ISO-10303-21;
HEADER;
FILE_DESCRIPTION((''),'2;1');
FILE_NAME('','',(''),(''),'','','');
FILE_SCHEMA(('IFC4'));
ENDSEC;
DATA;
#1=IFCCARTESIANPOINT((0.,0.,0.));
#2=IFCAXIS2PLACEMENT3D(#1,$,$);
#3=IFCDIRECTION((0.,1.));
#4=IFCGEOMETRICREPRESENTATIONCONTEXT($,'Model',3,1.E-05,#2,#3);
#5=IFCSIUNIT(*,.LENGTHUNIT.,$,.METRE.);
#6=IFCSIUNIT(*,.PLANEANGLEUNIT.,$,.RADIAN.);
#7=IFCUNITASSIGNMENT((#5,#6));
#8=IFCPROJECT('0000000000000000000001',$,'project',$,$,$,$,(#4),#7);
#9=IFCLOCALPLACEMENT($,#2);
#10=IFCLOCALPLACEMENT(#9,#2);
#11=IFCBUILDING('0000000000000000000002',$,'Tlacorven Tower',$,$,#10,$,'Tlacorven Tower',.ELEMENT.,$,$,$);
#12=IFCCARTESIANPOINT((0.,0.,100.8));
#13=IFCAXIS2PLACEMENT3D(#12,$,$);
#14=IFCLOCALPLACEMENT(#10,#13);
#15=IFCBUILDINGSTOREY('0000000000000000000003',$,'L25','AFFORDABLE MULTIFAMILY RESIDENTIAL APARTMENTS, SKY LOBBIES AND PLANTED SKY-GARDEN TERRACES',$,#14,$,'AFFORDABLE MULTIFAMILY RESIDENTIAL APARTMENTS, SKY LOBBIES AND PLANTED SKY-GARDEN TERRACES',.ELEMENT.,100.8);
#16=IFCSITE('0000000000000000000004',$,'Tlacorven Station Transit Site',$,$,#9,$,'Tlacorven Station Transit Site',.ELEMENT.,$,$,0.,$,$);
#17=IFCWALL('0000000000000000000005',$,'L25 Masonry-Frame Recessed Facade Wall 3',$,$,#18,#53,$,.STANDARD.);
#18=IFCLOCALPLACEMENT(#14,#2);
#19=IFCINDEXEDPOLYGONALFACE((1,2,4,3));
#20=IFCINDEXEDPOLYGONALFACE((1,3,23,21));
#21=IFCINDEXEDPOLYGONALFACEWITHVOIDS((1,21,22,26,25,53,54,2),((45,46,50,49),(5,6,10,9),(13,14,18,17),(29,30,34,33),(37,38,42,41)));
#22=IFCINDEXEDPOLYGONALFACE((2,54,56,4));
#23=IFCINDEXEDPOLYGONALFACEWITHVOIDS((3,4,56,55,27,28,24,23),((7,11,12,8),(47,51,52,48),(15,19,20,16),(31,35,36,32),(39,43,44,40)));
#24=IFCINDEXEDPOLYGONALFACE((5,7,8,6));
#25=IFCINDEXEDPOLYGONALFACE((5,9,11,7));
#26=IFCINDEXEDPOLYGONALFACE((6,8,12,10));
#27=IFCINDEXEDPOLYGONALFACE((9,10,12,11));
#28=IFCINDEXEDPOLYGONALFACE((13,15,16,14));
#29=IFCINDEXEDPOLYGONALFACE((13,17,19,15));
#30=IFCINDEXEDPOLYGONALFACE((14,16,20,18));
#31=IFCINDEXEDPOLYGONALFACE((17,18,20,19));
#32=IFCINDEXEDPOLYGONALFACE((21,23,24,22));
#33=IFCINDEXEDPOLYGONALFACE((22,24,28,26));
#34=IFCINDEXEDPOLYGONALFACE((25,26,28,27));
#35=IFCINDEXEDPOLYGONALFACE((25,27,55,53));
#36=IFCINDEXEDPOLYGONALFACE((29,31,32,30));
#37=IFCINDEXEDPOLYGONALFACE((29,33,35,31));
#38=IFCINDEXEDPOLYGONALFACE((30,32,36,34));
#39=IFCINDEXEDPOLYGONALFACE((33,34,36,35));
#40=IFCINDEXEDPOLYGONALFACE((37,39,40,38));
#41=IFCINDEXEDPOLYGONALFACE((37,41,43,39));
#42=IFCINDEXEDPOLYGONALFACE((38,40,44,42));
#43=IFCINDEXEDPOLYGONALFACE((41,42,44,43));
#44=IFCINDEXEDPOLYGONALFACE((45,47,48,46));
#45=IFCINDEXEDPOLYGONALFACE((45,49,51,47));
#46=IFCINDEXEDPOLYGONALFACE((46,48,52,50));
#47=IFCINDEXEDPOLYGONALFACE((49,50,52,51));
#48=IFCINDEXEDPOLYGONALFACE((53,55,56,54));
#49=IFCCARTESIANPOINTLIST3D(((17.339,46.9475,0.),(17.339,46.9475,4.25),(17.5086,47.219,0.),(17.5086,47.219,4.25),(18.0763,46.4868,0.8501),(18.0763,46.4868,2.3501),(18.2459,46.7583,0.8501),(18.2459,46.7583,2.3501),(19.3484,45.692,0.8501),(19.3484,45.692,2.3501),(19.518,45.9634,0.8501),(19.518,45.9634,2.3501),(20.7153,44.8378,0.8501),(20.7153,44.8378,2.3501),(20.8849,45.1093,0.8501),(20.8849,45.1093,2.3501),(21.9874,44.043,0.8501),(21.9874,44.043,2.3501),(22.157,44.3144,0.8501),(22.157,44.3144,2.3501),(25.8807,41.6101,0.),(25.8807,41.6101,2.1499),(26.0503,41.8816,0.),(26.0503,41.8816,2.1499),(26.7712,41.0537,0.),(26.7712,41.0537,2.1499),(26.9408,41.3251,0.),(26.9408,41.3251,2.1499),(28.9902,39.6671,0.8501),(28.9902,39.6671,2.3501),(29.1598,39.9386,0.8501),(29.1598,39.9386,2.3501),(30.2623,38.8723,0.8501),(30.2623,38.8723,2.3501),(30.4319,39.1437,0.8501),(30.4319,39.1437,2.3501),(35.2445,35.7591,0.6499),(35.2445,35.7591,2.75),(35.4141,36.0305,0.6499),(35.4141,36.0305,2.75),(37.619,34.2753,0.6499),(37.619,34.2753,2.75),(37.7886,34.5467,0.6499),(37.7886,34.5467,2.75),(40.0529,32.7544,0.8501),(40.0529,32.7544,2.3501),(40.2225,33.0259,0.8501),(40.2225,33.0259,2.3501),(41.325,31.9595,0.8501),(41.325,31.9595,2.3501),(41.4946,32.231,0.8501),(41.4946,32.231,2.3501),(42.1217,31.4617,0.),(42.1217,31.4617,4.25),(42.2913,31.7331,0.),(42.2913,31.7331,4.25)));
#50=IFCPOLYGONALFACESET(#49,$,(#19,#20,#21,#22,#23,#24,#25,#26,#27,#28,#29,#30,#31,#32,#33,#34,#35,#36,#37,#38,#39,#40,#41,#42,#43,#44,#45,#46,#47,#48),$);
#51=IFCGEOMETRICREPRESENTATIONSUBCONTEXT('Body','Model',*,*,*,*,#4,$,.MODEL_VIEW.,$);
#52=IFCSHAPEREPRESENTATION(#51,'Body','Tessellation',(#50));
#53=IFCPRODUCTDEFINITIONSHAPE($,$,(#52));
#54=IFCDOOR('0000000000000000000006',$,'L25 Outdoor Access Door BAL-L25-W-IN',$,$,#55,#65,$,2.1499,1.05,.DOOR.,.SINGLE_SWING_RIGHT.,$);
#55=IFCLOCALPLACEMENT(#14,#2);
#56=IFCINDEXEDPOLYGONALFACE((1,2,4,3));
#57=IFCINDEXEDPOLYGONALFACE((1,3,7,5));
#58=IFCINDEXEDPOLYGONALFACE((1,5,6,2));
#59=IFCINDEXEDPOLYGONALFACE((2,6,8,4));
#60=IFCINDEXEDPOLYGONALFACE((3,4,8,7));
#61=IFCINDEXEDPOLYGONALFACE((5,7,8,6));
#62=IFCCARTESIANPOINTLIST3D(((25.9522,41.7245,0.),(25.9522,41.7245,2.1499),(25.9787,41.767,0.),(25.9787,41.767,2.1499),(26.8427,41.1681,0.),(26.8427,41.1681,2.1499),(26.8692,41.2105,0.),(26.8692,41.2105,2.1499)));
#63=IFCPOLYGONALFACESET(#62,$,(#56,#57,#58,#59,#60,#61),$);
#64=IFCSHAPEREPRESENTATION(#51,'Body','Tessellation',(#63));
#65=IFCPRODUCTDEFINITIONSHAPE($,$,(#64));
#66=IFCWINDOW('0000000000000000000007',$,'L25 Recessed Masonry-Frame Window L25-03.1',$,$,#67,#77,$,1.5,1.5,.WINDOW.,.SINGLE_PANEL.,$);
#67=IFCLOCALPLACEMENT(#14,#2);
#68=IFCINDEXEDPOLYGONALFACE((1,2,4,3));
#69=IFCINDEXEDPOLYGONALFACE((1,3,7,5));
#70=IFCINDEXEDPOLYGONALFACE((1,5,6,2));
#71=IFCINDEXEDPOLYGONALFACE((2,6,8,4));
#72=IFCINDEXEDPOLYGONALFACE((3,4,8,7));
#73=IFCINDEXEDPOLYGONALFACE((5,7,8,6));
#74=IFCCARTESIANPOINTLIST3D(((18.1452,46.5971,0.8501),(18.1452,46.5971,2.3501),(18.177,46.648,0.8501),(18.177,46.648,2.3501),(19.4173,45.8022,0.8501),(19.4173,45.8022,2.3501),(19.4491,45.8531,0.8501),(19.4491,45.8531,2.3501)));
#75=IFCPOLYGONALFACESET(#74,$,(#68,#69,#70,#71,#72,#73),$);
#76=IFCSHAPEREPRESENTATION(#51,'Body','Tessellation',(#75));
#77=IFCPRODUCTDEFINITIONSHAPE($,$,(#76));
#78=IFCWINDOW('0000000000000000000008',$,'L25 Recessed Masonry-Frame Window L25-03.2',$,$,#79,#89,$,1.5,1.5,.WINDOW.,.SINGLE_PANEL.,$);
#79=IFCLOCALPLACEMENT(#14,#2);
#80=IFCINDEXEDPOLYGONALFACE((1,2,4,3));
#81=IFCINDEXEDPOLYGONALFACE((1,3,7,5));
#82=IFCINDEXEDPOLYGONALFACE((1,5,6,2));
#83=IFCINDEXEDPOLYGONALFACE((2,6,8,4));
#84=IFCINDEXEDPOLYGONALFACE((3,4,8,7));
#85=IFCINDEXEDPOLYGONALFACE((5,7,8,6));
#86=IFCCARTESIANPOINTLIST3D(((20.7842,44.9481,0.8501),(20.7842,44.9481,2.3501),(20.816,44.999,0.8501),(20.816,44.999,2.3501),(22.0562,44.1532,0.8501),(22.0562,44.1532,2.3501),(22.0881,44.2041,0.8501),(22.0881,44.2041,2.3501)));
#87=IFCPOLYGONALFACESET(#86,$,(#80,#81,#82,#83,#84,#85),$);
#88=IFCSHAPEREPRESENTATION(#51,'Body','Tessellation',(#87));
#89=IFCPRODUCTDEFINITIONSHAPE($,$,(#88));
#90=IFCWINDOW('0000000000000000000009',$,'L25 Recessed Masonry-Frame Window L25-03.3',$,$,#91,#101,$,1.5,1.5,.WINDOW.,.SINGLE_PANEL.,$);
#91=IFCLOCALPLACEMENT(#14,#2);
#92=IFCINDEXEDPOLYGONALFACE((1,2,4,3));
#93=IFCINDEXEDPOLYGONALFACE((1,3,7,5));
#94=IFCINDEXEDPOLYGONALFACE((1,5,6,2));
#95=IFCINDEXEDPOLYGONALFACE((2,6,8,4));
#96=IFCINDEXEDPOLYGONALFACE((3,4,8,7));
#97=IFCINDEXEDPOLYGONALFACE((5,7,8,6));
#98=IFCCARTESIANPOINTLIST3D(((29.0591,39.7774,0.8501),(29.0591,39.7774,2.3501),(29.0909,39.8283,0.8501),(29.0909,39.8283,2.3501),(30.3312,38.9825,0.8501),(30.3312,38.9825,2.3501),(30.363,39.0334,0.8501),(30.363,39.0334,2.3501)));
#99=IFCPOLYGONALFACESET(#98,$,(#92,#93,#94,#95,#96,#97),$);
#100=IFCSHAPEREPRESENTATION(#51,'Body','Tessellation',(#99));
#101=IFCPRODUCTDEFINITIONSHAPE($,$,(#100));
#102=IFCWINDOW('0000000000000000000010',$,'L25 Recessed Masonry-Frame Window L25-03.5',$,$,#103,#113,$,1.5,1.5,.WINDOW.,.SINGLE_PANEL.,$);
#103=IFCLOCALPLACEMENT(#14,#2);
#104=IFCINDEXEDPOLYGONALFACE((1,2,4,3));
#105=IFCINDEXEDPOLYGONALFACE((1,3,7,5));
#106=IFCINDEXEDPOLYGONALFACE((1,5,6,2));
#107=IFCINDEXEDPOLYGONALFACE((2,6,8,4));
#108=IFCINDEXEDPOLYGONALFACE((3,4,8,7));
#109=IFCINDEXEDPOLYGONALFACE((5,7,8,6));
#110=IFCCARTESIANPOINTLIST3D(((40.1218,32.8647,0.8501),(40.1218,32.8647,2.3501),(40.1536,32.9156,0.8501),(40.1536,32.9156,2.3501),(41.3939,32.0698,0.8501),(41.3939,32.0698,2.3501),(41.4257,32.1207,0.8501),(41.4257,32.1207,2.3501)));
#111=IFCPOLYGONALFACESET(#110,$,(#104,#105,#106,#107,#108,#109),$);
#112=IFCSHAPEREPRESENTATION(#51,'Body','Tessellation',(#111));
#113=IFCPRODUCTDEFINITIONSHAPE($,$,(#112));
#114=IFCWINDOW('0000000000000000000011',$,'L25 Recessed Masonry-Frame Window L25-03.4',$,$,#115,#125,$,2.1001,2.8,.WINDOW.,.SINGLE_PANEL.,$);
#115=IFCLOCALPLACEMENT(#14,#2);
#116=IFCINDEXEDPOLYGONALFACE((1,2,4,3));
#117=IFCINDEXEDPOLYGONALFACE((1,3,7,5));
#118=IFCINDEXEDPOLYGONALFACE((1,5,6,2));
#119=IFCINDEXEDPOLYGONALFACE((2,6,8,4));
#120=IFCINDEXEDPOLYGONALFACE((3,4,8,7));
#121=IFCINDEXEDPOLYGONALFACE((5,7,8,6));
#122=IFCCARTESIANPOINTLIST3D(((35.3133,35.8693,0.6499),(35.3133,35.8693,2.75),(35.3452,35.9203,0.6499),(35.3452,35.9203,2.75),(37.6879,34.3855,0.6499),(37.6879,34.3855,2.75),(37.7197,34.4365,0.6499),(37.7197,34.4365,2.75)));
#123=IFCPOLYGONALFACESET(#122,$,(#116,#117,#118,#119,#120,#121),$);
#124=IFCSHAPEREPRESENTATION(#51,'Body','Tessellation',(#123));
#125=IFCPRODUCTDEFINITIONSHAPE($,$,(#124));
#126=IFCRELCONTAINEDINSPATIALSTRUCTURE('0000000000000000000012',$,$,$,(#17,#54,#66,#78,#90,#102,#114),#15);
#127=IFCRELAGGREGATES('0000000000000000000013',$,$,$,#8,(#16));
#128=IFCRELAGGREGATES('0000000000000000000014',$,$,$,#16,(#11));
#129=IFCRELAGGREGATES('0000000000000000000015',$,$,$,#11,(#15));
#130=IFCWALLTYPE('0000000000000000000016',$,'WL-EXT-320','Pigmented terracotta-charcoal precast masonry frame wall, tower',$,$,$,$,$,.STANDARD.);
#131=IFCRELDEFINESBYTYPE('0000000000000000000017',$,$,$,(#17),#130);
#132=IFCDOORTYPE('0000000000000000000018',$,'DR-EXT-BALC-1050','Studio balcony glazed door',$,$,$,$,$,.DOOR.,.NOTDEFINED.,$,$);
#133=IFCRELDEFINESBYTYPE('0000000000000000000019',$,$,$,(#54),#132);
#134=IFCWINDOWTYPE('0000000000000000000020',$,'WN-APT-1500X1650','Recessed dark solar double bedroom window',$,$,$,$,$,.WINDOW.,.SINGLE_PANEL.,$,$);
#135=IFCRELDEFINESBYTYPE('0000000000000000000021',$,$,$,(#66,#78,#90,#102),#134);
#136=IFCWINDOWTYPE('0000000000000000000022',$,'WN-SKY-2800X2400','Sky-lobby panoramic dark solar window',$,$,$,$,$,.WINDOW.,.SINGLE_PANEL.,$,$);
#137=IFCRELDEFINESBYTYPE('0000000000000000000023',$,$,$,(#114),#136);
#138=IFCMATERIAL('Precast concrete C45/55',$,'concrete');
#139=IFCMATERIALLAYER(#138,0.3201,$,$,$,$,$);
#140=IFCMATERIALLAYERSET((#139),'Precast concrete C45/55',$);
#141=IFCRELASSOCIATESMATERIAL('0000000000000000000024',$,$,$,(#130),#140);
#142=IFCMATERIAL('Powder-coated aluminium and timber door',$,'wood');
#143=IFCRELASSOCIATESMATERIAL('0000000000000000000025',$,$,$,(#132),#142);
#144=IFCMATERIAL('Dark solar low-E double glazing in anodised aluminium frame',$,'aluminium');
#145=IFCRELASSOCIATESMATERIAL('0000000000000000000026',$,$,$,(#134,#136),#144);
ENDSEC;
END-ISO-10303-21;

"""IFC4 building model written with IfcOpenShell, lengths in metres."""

from ifc_helpers import new_model, si_unit, direction, frame, frame_2d, origin, place, context, subcontext, project, spatial, rectangle, extrude, source, transform, mapped, material, layer, layer_set, type_object, element, fill, save


model = new_model("IFC4")

# Units and contexts
model_context = context("Model", 3, precision=1e-05, world=origin(), true_north=direction((0.0, 1.0)))
body_context = subcontext(model_context, "Body", "Model", "MODEL_VIEW")
ifc_project = project(units=[si_unit("LENGTHUNIT", "METRE"), si_unit("PLANEANGLEUNIT", "RADIAN")], contexts=[model_context])

# Site, building, storey
site_placement = place(None, origin())
site = spatial("IfcSite", under=ifc_project, at=site_placement, Name="Tlacorven Station Transit Site", LongName="Tlacorven Station Transit Site", CompositionType="ELEMENT", RefElevation=0.0)
building_placement = place(site_placement, origin())
building = spatial("IfcBuilding", under=site, at=building_placement, Name="Tlacorven Tower", LongName="Tlacorven Tower", CompositionType="ELEMENT")
storey_placement = place(building_placement, frame((0.0, 0.0, 100.8)))
storey = spatial("IfcBuildingStorey", under=building, at=storey_placement, Name="L25", Description="AFFORDABLE MULTIFAMILY RESIDENTIAL APARTMENTS, SKY LOBBIES AND PLANTED SKY-GARDEN TERRACES", LongName="AFFORDABLE MULTIFAMILY RESIDENTIAL APARTMENTS, SKY LOBBIES AND PLANTED SKY-GARDEN TERRACES", CompositionType="ELEMENT", Elevation=100.8)

# Wall, openings, door, windows
ifc_material_1 = material(Name="Precast concrete C45/55", Category="concrete")
ifc_layer_1 = layer(ifc_material_1, 0.3201)
ifc_layer_set_1 = layer_set([ifc_layer_1], Name="Precast concrete C45/55")
wall_type_1 = type_object("IfcWallType", Name="WL-EXT-320", Description="Pigmented terracotta-charcoal precast masonry frame wall, tower", PredefinedType="STANDARD", material=ifc_layer_set_1)
wall_1_placement = place(storey_placement, frame((17.4238, 47.0833, 0.0), z_axis=(0.0, 0.0, 1.0), x_axis=(0.84805, -0.529916, 0.0)))
wall_1 = element("IfcWall", 1, at=wall_1_placement, inside=storey, type_object=wall_type_1, Name="L25 Masonry-Frame Recessed Facade Wall 3", PredefinedType="STANDARD", context=body_context, shape_type="SweptSolid", body=[
    extrude(rectangle(XDim=29.2231, YDim=0.3201, at=frame_2d((14.6116, 0.0))), origin(), (0.0, 0.0, 1.0), 4.25),
])
opening_1_placement = place(wall_1_placement, frame((10.0723, 0.0, 0.0)))
opening_1 = element("IfcOpeningElement", 2, at=opening_1_placement, cuts=wall_1, PredefinedType="OPENING", context=body_context, shape_type="SweptSolid", body=[
    extrude(rectangle(XDim=1.05, YDim=2.1499, at=frame_2d((0.5249, 1.075))), frame((0.0, 0.1699, 0.0), z_axis=(0.0, -1.0, 0.0), x_axis=(1.0, 0.0, 0.0)), (0.0, 0.0, 1.0), 0.3401),
])
opening_2_placement = place(wall_1_placement, frame((0.8694, 0.0, 0.8501)))
opening_2 = element("IfcOpeningElement", 3, at=opening_2_placement, cuts=wall_1, PredefinedType="OPENING", context=body_context, shape_type="SweptSolid", body=[
    extrude(rectangle(XDim=1.5, YDim=1.5, at=frame_2d((0.75, 0.75))), frame((0.0, 0.1699, 0.0), z_axis=(0.0, -1.0, 0.0), x_axis=(1.0, 0.0, 0.0)), (0.0, 0.0, 1.0), 0.3401),
])
opening_3_placement = place(wall_1_placement, frame((3.9812, 0.0, 0.8501)))
opening_3 = element("IfcOpeningElement", 4, at=opening_3_placement, cuts=wall_1, PredefinedType="OPENING", context=body_context, shape_type="SweptSolid", body=[
    extrude(rectangle(XDim=1.5, YDim=1.5, at=frame_2d((0.75, 0.75))), frame((0.0, 0.1699, 0.0), z_axis=(0.0, -1.0, 0.0), x_axis=(1.0, 0.0, 0.0)), (0.0, 0.0, 1.0), 0.3401),
])
opening_4_placement = place(wall_1_placement, frame((13.7388, 0.0, 0.8501)))
opening_4 = element("IfcOpeningElement", 5, at=opening_4_placement, cuts=wall_1, PredefinedType="OPENING", context=body_context, shape_type="SweptSolid", body=[
    extrude(rectangle(XDim=1.5, YDim=1.5, at=frame_2d((0.75, 0.75))), frame((0.0, 0.1699, 0.0), z_axis=(0.0, -1.0, 0.0), x_axis=(1.0, 0.0, 0.0)), (0.0, 0.0, 1.0), 0.3401),
])
opening_5_placement = place(wall_1_placement, frame((21.1138, 0.0, 0.6499)))
opening_5 = element("IfcOpeningElement", 6, at=opening_5_placement, cuts=wall_1, PredefinedType="OPENING", context=body_context, shape_type="SweptSolid", body=[
    extrude(rectangle(XDim=2.8, YDim=2.1001, at=frame_2d((1.3999, 1.05))), frame((0.0, 0.1699, 0.0), z_axis=(0.0, -1.0, 0.0), x_axis=(1.0, 0.0, 0.0)), (0.0, 0.0, 1.0), 0.3401),
])
opening_6_placement = place(wall_1_placement, frame((26.7837, 0.0, 0.8501)))
opening_6 = element("IfcOpeningElement", 7, at=opening_6_placement, cuts=wall_1, PredefinedType="OPENING", context=body_context, shape_type="SweptSolid", body=[
    extrude(rectangle(XDim=1.5, YDim=1.5, at=frame_2d((0.75, 0.75))), frame((0.0, 0.1699, 0.0), z_axis=(0.0, -1.0, 0.0), x_axis=(1.0, 0.0, 0.0)), (0.0, 0.0, 1.0), 0.3401),
])
ifc_material_2 = material(Name="Powder-coated aluminium and timber door", Category="wood")
door_type_1 = type_object("IfcDoorType", Name="DR-EXT-BALC-1050", Description="Studio balcony glazed door", OperationType="NOTDEFINED", PredefinedType="DOOR", material=ifc_material_2)
shared_shape_1 = source(origin(), body_context, "Body", "SweptSolid", [
    extrude(rectangle(XDim=1.05, YDim=2.1499, at=frame_2d((0.5249, 1.075))), frame((0.0, 0.0249, 0.0), z_axis=(0.0, -1.0, 0.0), x_axis=(1.0, 0.0, 0.0)), (0.0, 0.0, 1.0), 0.05),
])
door_1_placement = place(opening_1_placement, origin())
door_1 = element("IfcDoor", 8, at=door_1_placement, inside=storey, type_object=door_type_1, Name="L25 Outdoor Access Door BAL-L25-W-IN", OperationType="SINGLE_SWING_RIGHT", OverallHeight=2.1499, OverallWidth=1.05, PredefinedType="DOOR", context=body_context, shape_type="MappedRepresentation", body=[
    mapped(shared_shape_1, transform((0.0, 0.0, 0.0), scale=1.0)),
])
fill(opening_1, door_1)
ifc_material_3 = material(Name="Dark solar low-E double glazing in anodised aluminium frame", Category="aluminium")
window_type_1 = type_object("IfcWindowType", Name="WN-APT-1500X1650", Description="Recessed dark solar double bedroom window", PartitioningType="SINGLE_PANEL", PredefinedType="WINDOW", material=ifc_material_3)
shared_shape_2 = source(origin(), body_context, "Body", "SweptSolid", [
    extrude(rectangle(XDim=1.5, YDim=1.5, at=frame_2d((0.75, 0.75))), frame((0.0, 0.03, 0.0), z_axis=(0.0, -1.0, 0.0), x_axis=(1.0, 0.0, 0.0)), (0.0, 0.0, 1.0), 0.0601),
])
window_1_placement = place(opening_2_placement, origin())
window_1 = element("IfcWindow", 9, at=window_1_placement, inside=storey, type_object=window_type_1, Name="L25 Recessed Masonry-Frame Window L25-03.1", OverallHeight=1.5, OverallWidth=1.5, PartitioningType="SINGLE_PANEL", PredefinedType="WINDOW", context=body_context, shape_type="MappedRepresentation", body=[
    mapped(shared_shape_2, transform((0.0, 0.0, 0.0), scale=1.0)),
])
fill(opening_2, window_1)
window_2_placement = place(opening_3_placement, origin())
window_2 = element("IfcWindow", 10, at=window_2_placement, inside=storey, type_object=window_type_1, Name="L25 Recessed Masonry-Frame Window L25-03.2", OverallHeight=1.5, OverallWidth=1.5, PartitioningType="SINGLE_PANEL", PredefinedType="WINDOW", context=body_context, shape_type="MappedRepresentation", body=[
    mapped(shared_shape_2, transform((0.0, 0.0, 0.0), scale=1.0)),
])
fill(opening_3, window_2)
window_3_placement = place(opening_4_placement, origin())
window_3 = element("IfcWindow", 11, at=window_3_placement, inside=storey, type_object=window_type_1, Name="L25 Recessed Masonry-Frame Window L25-03.3", OverallHeight=1.5, OverallWidth=1.5, PartitioningType="SINGLE_PANEL", PredefinedType="WINDOW", context=body_context, shape_type="MappedRepresentation", body=[
    mapped(shared_shape_2, transform((0.0, 0.0, 0.0), scale=1.0)),
])
fill(opening_4, window_3)
window_4_placement = place(opening_6_placement, origin())
window_4 = element("IfcWindow", 12, at=window_4_placement, inside=storey, type_object=window_type_1, Name="L25 Recessed Masonry-Frame Window L25-03.5", OverallHeight=1.5, OverallWidth=1.5, PartitioningType="SINGLE_PANEL", PredefinedType="WINDOW", context=body_context, shape_type="MappedRepresentation", body=[
    mapped(shared_shape_2, transform((0.0, 0.0, 0.0), scale=1.0)),
])
fill(opening_6, window_4)
window_type_2 = type_object("IfcWindowType", Name="WN-SKY-2800X2400", Description="Sky-lobby panoramic dark solar window", PartitioningType="SINGLE_PANEL", PredefinedType="WINDOW", material=ifc_material_3)
shared_shape_3 = source(origin(), body_context, "Body", "SweptSolid", [
    extrude(rectangle(XDim=2.8, YDim=2.1001, at=frame_2d((1.3999, 1.05))), frame((0.0, 0.03, 0.0), z_axis=(0.0, -1.0, 0.0), x_axis=(1.0, 0.0, 0.0)), (0.0, 0.0, 1.0), 0.0601),
])
window_5_placement = place(opening_5_placement, origin())
window_5 = element("IfcWindow", 13, at=window_5_placement, inside=storey, type_object=window_type_2, Name="L25 Recessed Masonry-Frame Window L25-03.4", OverallHeight=2.1001, OverallWidth=2.8, PartitioningType="SINGLE_PANEL", PredefinedType="WINDOW", context=body_context, shape_type="MappedRepresentation", body=[
    mapped(shared_shape_3, transform((0.0, 0.0, 0.0), scale=1.0)),
])
fill(opening_5, window_5)

save(model, "model.ifc")
